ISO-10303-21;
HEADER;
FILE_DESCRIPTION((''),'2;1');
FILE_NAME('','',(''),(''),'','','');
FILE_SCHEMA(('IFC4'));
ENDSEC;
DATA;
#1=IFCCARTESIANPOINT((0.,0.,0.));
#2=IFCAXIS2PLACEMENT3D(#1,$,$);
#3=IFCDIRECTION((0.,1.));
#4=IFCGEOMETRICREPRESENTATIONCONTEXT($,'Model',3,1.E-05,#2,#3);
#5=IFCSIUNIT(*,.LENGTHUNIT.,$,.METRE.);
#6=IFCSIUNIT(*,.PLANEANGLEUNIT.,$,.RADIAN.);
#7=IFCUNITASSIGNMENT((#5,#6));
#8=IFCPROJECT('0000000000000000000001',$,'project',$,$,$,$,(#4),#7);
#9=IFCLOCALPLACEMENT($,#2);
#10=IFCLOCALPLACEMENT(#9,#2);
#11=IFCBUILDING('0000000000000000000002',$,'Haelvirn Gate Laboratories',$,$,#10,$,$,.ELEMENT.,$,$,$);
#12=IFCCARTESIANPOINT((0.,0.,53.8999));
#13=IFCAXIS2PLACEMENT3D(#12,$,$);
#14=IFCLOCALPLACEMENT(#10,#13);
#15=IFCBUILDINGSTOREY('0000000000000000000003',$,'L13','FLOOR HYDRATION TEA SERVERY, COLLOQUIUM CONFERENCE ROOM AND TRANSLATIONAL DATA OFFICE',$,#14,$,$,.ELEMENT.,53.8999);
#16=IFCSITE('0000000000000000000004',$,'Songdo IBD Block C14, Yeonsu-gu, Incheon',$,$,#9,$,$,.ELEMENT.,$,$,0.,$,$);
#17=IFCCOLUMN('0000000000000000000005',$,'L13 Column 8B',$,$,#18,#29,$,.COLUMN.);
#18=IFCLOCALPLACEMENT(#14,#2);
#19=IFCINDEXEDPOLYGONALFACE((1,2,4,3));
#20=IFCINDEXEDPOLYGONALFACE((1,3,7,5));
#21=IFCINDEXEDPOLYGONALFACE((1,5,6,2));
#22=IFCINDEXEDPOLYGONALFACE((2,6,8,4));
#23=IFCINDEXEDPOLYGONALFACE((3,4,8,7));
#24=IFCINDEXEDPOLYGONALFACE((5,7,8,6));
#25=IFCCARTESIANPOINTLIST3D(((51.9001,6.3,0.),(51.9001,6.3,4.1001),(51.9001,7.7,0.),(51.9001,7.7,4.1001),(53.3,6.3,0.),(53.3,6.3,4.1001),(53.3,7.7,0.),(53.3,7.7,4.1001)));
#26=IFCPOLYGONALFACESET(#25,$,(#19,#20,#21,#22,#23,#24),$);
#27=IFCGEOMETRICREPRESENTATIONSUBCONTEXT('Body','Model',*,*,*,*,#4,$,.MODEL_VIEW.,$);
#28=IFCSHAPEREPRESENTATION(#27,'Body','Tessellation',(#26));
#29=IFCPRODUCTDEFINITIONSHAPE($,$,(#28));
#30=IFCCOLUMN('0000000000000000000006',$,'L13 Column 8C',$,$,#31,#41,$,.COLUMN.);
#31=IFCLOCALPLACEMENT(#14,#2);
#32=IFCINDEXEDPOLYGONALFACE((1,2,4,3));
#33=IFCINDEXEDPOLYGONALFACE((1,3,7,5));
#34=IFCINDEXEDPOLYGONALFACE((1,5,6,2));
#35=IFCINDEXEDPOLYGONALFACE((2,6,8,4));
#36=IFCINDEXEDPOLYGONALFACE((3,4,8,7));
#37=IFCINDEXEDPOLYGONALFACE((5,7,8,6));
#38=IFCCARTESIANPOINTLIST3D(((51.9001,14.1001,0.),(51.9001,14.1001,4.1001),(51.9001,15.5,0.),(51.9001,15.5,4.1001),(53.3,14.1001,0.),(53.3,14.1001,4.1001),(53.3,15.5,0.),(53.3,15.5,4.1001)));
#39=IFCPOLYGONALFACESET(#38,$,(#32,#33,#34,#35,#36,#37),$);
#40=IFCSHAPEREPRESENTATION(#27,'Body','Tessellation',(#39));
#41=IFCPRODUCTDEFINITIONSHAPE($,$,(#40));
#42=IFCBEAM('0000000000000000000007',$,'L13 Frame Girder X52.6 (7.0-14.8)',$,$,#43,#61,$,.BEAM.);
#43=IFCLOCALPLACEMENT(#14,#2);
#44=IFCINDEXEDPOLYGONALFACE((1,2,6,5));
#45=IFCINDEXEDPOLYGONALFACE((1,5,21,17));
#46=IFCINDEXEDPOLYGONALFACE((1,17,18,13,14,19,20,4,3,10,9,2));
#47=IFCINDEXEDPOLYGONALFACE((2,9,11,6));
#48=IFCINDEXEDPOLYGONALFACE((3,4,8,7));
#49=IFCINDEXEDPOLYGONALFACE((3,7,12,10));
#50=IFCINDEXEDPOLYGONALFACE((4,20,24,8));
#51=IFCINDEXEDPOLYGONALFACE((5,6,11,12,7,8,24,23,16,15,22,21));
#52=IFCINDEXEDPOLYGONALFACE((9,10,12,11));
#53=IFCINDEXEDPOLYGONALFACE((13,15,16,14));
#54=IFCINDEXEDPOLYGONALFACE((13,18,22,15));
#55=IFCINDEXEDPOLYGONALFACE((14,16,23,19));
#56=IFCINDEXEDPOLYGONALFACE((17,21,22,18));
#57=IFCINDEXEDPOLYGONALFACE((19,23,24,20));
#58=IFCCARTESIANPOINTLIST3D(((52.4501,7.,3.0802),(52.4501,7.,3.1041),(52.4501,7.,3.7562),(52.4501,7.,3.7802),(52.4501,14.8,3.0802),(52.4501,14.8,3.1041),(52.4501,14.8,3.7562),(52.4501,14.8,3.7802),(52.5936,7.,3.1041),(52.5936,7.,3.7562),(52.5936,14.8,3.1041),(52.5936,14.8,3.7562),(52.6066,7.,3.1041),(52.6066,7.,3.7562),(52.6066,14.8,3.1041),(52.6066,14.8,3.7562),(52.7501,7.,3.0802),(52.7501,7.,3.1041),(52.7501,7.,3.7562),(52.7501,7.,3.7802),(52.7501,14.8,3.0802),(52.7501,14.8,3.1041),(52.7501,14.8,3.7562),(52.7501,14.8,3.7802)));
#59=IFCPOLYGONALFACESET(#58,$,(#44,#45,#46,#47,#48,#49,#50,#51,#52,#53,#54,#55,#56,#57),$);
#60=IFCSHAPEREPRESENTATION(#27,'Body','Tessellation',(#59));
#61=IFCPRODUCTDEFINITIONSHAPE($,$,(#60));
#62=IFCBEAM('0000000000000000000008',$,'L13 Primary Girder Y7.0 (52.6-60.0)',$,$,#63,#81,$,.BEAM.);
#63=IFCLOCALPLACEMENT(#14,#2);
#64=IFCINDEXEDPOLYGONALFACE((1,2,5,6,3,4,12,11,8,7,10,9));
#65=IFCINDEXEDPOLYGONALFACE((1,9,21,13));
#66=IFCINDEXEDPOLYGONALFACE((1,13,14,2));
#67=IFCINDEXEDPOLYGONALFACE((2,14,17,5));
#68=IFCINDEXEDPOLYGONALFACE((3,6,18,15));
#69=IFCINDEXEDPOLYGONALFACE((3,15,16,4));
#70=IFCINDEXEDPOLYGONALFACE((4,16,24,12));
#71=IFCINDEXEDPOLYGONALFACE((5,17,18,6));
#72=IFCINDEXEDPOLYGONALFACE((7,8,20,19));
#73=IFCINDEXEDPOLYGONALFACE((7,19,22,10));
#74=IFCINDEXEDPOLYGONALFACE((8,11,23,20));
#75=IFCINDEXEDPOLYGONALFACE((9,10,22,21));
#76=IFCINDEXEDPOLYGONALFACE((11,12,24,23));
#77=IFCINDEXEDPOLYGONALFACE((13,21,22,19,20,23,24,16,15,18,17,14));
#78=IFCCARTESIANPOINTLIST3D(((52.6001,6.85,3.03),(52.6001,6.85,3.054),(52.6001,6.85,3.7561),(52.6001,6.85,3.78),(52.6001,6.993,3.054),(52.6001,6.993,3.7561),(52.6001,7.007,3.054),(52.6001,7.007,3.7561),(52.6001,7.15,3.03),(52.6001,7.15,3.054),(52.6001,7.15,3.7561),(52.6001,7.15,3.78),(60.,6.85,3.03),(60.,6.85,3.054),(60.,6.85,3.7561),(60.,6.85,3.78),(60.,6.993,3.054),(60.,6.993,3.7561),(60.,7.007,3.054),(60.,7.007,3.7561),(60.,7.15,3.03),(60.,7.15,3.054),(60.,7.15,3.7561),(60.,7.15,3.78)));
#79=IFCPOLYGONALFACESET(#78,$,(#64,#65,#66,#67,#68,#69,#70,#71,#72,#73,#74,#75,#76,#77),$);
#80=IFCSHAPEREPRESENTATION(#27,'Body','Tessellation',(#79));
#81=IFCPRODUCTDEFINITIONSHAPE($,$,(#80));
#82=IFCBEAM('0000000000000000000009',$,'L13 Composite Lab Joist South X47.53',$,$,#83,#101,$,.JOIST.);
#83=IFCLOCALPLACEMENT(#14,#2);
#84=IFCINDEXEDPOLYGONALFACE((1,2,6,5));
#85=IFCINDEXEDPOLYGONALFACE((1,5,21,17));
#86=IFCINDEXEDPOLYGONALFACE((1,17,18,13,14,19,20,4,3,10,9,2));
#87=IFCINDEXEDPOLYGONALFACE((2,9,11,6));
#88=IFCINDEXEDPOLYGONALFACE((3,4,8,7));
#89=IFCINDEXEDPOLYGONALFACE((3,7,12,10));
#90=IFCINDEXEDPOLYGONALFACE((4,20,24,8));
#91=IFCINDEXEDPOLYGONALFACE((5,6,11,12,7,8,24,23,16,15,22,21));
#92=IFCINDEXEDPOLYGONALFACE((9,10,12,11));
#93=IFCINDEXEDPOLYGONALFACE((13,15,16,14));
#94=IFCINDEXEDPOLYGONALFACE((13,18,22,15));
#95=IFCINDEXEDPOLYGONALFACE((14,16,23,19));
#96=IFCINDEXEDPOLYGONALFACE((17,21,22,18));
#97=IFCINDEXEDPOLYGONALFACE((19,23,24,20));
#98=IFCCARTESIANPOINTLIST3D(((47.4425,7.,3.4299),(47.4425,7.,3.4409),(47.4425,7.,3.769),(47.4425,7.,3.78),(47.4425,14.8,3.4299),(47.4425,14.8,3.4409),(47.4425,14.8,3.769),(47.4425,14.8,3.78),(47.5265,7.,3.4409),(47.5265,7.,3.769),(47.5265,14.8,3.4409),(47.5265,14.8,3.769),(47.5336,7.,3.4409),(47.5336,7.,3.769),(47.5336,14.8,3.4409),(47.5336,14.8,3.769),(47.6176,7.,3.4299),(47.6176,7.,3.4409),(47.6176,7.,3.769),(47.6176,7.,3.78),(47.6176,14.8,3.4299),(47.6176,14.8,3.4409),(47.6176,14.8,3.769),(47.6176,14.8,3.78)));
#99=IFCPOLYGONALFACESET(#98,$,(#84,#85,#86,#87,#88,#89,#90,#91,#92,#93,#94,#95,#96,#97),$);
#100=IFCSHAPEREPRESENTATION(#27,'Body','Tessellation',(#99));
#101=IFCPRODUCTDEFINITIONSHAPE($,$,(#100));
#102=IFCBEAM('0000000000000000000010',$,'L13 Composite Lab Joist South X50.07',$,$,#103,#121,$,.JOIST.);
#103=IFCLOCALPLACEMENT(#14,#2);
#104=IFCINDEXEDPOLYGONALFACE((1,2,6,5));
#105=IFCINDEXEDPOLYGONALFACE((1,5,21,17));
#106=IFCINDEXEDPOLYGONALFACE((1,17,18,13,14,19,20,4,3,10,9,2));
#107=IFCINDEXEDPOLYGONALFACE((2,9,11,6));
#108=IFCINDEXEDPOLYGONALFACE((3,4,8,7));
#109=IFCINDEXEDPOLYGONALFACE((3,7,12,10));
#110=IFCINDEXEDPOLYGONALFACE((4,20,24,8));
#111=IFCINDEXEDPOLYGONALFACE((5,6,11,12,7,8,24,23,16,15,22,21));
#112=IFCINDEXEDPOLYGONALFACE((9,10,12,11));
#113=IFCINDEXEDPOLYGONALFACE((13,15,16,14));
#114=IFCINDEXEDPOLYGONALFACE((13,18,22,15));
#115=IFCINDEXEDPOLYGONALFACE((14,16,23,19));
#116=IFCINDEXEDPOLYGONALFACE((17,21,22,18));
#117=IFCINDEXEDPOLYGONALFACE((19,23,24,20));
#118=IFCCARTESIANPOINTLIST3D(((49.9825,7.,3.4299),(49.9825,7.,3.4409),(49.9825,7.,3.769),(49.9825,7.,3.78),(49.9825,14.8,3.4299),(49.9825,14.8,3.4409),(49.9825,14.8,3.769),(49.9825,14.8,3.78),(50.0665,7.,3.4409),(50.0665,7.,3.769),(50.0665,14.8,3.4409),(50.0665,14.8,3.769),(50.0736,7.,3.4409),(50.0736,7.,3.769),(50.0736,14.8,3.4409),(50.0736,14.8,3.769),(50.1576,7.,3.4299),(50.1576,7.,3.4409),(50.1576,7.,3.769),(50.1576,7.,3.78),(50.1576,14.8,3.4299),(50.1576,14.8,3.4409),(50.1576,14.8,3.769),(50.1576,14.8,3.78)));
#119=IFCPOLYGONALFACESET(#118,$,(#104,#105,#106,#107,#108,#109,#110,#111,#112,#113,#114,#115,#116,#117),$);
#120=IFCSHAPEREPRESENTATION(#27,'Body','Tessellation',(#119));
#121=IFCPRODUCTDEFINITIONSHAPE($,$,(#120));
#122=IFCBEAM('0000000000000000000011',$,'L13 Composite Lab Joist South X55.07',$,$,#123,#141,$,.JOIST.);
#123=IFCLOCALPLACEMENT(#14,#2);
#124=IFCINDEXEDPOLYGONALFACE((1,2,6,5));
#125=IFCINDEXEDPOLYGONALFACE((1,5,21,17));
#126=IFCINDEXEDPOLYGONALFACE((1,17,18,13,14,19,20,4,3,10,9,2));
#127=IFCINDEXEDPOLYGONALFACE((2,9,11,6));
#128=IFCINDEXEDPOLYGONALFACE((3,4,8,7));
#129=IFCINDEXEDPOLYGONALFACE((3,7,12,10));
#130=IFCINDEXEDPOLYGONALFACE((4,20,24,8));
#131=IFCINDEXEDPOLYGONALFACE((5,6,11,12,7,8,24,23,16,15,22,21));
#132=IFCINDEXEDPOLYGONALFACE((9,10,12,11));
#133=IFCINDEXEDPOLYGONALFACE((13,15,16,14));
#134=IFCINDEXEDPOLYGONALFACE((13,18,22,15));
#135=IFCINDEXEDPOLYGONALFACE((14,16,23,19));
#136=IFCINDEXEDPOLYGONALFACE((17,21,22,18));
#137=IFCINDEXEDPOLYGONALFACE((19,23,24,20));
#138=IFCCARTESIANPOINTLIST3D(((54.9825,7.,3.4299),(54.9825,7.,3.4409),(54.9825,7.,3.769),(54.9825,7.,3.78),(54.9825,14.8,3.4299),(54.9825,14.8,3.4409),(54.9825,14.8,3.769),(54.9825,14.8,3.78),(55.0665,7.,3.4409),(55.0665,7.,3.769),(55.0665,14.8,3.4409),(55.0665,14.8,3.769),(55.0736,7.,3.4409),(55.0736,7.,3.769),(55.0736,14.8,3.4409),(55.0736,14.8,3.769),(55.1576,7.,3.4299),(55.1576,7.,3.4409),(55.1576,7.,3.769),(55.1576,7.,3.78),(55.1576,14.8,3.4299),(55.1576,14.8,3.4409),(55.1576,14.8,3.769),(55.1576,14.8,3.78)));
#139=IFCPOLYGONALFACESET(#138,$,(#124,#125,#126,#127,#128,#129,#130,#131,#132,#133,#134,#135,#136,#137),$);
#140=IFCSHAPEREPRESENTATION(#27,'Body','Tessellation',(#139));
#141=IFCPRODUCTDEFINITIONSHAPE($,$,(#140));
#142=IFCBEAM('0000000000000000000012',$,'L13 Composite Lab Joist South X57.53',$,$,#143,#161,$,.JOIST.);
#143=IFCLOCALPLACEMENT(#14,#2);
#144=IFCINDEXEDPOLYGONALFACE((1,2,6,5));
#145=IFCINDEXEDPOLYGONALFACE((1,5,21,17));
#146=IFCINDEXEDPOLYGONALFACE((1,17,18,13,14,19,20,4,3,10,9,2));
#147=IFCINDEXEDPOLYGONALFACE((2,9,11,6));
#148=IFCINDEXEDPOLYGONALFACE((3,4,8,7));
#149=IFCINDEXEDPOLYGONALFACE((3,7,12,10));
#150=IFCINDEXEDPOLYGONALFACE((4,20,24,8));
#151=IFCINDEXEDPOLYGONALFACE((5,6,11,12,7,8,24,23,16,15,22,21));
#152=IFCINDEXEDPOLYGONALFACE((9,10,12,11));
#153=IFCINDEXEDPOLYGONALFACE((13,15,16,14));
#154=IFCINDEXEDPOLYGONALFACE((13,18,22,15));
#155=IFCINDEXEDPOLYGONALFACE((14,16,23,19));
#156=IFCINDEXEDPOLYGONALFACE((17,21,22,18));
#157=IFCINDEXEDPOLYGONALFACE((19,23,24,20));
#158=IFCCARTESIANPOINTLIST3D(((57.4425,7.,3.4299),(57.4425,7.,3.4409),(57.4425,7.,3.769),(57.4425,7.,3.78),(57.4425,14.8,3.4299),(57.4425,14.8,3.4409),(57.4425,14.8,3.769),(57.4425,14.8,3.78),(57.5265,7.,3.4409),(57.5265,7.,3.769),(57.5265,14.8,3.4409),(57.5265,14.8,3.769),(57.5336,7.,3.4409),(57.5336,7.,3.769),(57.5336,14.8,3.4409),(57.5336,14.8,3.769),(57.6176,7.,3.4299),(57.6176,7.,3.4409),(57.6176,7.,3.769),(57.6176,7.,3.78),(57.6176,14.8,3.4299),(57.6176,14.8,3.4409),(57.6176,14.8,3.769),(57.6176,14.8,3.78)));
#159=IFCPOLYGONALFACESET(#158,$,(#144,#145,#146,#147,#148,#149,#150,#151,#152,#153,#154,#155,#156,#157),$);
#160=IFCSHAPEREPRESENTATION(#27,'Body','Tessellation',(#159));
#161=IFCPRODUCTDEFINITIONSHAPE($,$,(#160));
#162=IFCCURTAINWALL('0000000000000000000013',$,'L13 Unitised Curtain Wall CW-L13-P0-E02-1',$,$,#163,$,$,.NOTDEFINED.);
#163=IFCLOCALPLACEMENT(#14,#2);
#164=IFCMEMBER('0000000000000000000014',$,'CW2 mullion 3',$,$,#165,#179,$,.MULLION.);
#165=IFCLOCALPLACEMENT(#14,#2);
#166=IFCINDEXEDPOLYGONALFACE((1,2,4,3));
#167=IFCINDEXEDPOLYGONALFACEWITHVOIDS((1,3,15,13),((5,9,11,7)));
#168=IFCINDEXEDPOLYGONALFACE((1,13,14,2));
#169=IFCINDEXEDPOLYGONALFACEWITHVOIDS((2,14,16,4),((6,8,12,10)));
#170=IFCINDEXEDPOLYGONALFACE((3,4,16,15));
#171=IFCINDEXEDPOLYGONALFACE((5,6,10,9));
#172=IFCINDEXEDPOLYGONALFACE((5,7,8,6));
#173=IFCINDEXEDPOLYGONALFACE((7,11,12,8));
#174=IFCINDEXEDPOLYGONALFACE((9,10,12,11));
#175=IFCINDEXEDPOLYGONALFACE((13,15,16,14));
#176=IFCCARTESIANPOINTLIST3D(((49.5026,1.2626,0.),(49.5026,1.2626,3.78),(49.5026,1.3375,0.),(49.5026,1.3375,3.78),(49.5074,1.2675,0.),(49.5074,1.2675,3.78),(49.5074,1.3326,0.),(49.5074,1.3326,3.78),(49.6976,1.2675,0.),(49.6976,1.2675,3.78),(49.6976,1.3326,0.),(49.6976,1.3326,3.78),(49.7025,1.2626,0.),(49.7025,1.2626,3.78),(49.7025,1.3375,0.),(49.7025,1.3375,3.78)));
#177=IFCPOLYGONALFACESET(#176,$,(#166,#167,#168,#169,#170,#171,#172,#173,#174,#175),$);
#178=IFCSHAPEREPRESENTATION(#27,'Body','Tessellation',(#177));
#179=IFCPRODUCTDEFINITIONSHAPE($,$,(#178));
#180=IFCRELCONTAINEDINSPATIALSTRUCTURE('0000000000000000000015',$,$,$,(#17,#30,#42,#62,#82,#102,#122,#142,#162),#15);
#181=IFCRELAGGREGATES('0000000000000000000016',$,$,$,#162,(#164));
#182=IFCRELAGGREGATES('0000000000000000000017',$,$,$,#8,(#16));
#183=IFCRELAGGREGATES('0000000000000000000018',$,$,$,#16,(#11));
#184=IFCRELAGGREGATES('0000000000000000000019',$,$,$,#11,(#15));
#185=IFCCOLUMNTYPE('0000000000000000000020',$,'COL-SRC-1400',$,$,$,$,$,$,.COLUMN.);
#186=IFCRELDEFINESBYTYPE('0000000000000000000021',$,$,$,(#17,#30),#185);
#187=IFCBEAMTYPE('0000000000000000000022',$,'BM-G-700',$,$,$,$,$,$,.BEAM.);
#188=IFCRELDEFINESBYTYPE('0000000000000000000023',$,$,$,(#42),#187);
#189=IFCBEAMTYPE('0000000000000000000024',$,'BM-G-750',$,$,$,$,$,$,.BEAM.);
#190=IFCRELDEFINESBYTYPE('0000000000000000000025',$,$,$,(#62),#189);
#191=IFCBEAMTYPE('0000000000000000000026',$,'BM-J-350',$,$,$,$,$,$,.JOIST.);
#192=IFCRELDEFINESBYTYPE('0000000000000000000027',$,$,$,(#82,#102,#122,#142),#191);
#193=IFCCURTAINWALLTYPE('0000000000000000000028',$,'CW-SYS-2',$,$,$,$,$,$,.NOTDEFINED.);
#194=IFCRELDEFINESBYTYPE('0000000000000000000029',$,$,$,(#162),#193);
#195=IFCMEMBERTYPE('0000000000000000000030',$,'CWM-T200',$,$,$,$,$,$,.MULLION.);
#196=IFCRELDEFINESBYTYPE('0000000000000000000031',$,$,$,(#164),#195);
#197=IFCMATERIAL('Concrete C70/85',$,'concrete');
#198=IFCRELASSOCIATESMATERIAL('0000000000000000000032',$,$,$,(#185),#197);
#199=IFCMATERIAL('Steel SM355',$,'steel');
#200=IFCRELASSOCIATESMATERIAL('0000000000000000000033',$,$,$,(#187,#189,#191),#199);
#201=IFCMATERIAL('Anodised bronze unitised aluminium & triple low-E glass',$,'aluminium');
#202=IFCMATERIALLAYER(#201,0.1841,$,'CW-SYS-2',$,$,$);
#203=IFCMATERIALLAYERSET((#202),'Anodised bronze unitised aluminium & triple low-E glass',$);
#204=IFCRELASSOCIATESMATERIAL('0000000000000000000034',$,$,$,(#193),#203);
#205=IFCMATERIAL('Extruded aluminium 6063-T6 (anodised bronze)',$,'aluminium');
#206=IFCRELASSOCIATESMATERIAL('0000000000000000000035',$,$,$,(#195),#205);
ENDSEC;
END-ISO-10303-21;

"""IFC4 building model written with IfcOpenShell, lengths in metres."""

from ifc_helpers import new_model, si_unit, direction, frame, origin, origin_2d, place, context, subcontext, project, spatial, rectangle, hollow_rectangle, i_section, extrude, source, transform, mapped, material, layer, layer_set, material_profile, profile_set, type_object, type_shapes, element, aggregate, save


model = new_model("IFC4")

# Units and contexts
model_context = context("Model", 3, precision=1e-05, world=origin(), true_north=direction((0.0, 1.0)))
body_context = subcontext(model_context, "Body", "Model", "MODEL_VIEW")
ifc_project = project(units=[si_unit("LENGTHUNIT", "METRE"), si_unit("PLANEANGLEUNIT", "RADIAN")], contexts=[model_context])

# Site, building, storey
site_placement = place(None, origin())
site = spatial("IfcSite", under=ifc_project, at=site_placement, Name="Songdo IBD Block C14, Yeonsu-gu, Incheon", CompositionType="ELEMENT", RefElevation=0.0)
building_placement = place(site_placement, origin())
building = spatial("IfcBuilding", under=site, at=building_placement, Name="Haelvirn Gate Laboratories", CompositionType="ELEMENT")
storey_placement = place(building_placement, frame((0.0, 0.0, 53.8999)))
storey = spatial("IfcBuildingStorey", under=building, at=storey_placement, Name="L13", Description="FLOOR HYDRATION TEA SERVERY, COLLOQUIUM CONFERENCE ROOM AND TRANSLATIONAL DATA OFFICE", CompositionType="ELEMENT", Elevation=53.8999)

# Columns
ifc_material_1 = material(Name="Concrete C70/85", Category="concrete")
ifc_material_profile_1 = material_profile(ifc_material_1, rectangle(XDim=1.3999, YDim=1.3999, at=origin_2d()), Name="SRC-1400x1400")
ifc_profile_set_1 = profile_set([ifc_material_profile_1], Name="Concrete C70/85")
column_type = type_object("IfcColumnType", Name="COL-SRC-1400", PredefinedType="COLUMN", material=ifc_profile_set_1)
shared_shape_1 = source(origin(), body_context, "Body", "SweptSolid", [
    extrude(rectangle(XDim=1.3999, YDim=1.3999, at=origin_2d()), origin(), (0.0, 0.0, 1.0), 4.1001),
])
type_shapes(column_type, [shared_shape_1])
for number, where, z_axis, x_axis, name in (
    (1, (52.6001, 7.0, 0.0), (0.0, 0.0, 1.0), (1.0, 0.0, 0.0), "L13 Column 8B"),
    (2, (52.6001, 14.8, 0.0), (0.0, 0.0, 1.0), (1.0, 0.0, 0.0), "L13 Column 8C"),
):
    element("IfcColumn", number, at=place(storey_placement, frame(where, z_axis=z_axis, x_axis=x_axis)), inside=storey, type_object=column_type, Name=name, PredefinedType="COLUMN", context=body_context, shape_type="MappedRepresentation", body=[
        mapped(shared_shape_1, transform((0.0, 0.0, 0.0), scale=1.0)),
    ])

# Beams
ifc_material_2 = material(Name="Steel SM355", Category="steel")
ifc_material_profile_2 = material_profile(ifc_material_2, i_section(OverallWidth=0.3, OverallDepth=0.7, WebThickness=0.0129, FlangeThickness=0.0239, at=origin_2d()), Name="H-700x300x13x24")
ifc_profile_set_2 = profile_set([ifc_material_profile_2], Name="Steel SM355")
beam_type_1 = type_object("IfcBeamType", Name="BM-G-700", PredefinedType="BEAM", material=ifc_profile_set_2)
shared_shape_2 = source(origin(), body_context, "Body", "SweptSolid", [
    extrude(i_section(OverallWidth=0.3, OverallDepth=0.7, WebThickness=0.0129, FlangeThickness=0.0239, at=origin_2d()), origin(), (0.0, 0.0, 1.0), 7.8),
])
type_shapes(beam_type_1, [shared_shape_2])
beam_1_placement = place(storey_placement, frame((52.6001, 7.0, 3.4302), z_axis=(0.0, 1.0, 0.0), x_axis=(-1.0, 0.0, 0.0)))
element("IfcBeam", 3, at=beam_1_placement, inside=storey, type_object=beam_type_1, Name="L13 Frame Girder X52.6 (7.0-14.8)", PredefinedType="BEAM", context=body_context, shape_type="MappedRepresentation", body=[
    mapped(shared_shape_2, transform((0.0, 0.0, 0.0), scale=1.0)),
])
ifc_material_profile_3 = material_profile(ifc_material_2, i_section(OverallWidth=0.3, OverallDepth=0.75, WebThickness=0.0139, FlangeThickness=0.0239, at=origin_2d()), Name="H-750x300x14x24")
ifc_profile_set_3 = profile_set([ifc_material_profile_3], Name="Steel SM355")
beam_type_2 = type_object("IfcBeamType", Name="BM-G-750", PredefinedType="BEAM", material=ifc_profile_set_3)
shared_shape_3 = source(origin(), body_context, "Body", "SweptSolid", [
    extrude(i_section(OverallWidth=0.3, OverallDepth=0.75, WebThickness=0.0139, FlangeThickness=0.0239, at=origin_2d()), origin(), (0.0, 0.0, 1.0), 7.3999),
])
type_shapes(beam_type_2, [shared_shape_3])
beam_2_placement = place(storey_placement, frame((52.6001, 7.0, 3.405), z_axis=(1.0, 0.0, 0.0), x_axis=(0.0, 1.0, 0.0)))
element("IfcBeam", 4, at=beam_2_placement, inside=storey, type_object=beam_type_2, Name="L13 Primary Girder Y7.0 (52.6-60.0)", PredefinedType="BEAM", context=body_context, shape_type="MappedRepresentation", body=[
    mapped(shared_shape_3, transform((0.0, 0.0, 0.0), scale=1.0)),
])
ifc_material_profile_4 = material_profile(ifc_material_2, i_section(OverallWidth=0.175, OverallDepth=0.3501, WebThickness=0.0071, FlangeThickness=0.011, at=origin_2d()), Name="H-350x175x7x11")
ifc_profile_set_4 = profile_set([ifc_material_profile_4], Name="Steel SM355")
beam_type_3 = type_object("IfcBeamType", Name="BM-J-350", PredefinedType="JOIST", material=ifc_profile_set_4)
shared_shape_4 = source(origin(), body_context, "Body", "SweptSolid", [
    extrude(i_section(OverallWidth=0.175, OverallDepth=0.3501, WebThickness=0.0071, FlangeThickness=0.011, at=origin_2d()), origin(), (0.0, 0.0, 1.0), 7.8),
])
type_shapes(beam_type_3, [shared_shape_4])
for number, where, z_axis, x_axis, name in (
    (5, (47.53, 7.0, 3.605), (0.0, 1.0, 0.0), (-1.0, 0.0, 0.0), "L13 Composite Lab Joist South X47.53"),
    (6, (50.0701, 7.0, 3.605), (0.0, 1.0, 0.0), (-1.0, 0.0, 0.0), "L13 Composite Lab Joist South X50.07"),
    (7, (55.0701, 7.0, 3.605), (0.0, 1.0, 0.0), (-1.0, 0.0, 0.0), "L13 Composite Lab Joist South X55.07"),
    (8, (57.53, 7.0, 3.605), (0.0, 1.0, 0.0), (-1.0, 0.0, 0.0), "L13 Composite Lab Joist South X57.53"),
):
    element("IfcBeam", number, at=place(storey_placement, frame(where, z_axis=z_axis, x_axis=x_axis)), inside=storey, type_object=beam_type_3, Name=name, PredefinedType="JOIST", context=body_context, shape_type="MappedRepresentation", body=[
        mapped(shared_shape_4, transform((0.0, 0.0, 0.0), scale=1.0)),
    ])

# Curtain wall, member
ifc_material_3 = material(Name="Anodised bronze unitised aluminium & triple low-E glass", Category="aluminium")
ifc_layer_1 = layer(ifc_material_3, 0.1841, Name="CW-SYS-2")
ifc_layer_set_1 = layer_set([ifc_layer_1], Name="Anodised bronze unitised aluminium & triple low-E glass")
curtain_wall_type = type_object("IfcCurtainWallType", Name="CW-SYS-2", PredefinedType="NOTDEFINED", material=ifc_layer_set_1)
curtain_wall_1_placement = place(storey_placement, origin())
curtain_wall_1 = element("IfcCurtainWall", 9, at=curtain_wall_1_placement, inside=storey, type_object=curtain_wall_type, Name="L13 Unitised Curtain Wall CW-L13-P0-E02-1", PredefinedType="NOTDEFINED")
ifc_material_4 = material(Name="Extruded aluminium 6063-T6 (anodised bronze)", Category="aluminium")
ifc_material_profile_5 = material_profile(ifc_material_4, hollow_rectangle(XDim=0.075, YDim=0.2, WallThickness=0.0049, at=origin_2d()), Name="CWM-200x75x5")
ifc_profile_set_5 = profile_set([ifc_material_profile_5], Name="Extruded aluminium 6063-T6 (anodised bronze)")
member_type_1 = type_object("IfcMemberType", Name="CWM-T200", PredefinedType="MULLION", material=ifc_profile_set_5)
shared_shape_5 = source(origin(), body_context, "Body", "SweptSolid", [
    extrude(hollow_rectangle(XDim=0.075, YDim=0.2, WallThickness=0.0049, at=origin_2d()), origin(), (0.0, 0.0, 1.0), 3.78),
])
type_shapes(member_type_1, [shared_shape_5])
member_1_placement = place(storey_placement, frame((49.6025, 1.3, 0.0), z_axis=(0.0, 0.0, 1.0), x_axis=(0.0, 1.0, 0.0)))
member_1 = element("IfcMember", 10, at=member_1_placement, type_object=member_type_1, Name="CW2 mullion 3", PredefinedType="MULLION", context=body_context, shape_type="MappedRepresentation", body=[
    mapped(shared_shape_5, transform((0.0, 0.0, 0.0), scale=1.0)),
])
aggregate(curtain_wall_1, [member_1])

save(model, "model.ifc")
